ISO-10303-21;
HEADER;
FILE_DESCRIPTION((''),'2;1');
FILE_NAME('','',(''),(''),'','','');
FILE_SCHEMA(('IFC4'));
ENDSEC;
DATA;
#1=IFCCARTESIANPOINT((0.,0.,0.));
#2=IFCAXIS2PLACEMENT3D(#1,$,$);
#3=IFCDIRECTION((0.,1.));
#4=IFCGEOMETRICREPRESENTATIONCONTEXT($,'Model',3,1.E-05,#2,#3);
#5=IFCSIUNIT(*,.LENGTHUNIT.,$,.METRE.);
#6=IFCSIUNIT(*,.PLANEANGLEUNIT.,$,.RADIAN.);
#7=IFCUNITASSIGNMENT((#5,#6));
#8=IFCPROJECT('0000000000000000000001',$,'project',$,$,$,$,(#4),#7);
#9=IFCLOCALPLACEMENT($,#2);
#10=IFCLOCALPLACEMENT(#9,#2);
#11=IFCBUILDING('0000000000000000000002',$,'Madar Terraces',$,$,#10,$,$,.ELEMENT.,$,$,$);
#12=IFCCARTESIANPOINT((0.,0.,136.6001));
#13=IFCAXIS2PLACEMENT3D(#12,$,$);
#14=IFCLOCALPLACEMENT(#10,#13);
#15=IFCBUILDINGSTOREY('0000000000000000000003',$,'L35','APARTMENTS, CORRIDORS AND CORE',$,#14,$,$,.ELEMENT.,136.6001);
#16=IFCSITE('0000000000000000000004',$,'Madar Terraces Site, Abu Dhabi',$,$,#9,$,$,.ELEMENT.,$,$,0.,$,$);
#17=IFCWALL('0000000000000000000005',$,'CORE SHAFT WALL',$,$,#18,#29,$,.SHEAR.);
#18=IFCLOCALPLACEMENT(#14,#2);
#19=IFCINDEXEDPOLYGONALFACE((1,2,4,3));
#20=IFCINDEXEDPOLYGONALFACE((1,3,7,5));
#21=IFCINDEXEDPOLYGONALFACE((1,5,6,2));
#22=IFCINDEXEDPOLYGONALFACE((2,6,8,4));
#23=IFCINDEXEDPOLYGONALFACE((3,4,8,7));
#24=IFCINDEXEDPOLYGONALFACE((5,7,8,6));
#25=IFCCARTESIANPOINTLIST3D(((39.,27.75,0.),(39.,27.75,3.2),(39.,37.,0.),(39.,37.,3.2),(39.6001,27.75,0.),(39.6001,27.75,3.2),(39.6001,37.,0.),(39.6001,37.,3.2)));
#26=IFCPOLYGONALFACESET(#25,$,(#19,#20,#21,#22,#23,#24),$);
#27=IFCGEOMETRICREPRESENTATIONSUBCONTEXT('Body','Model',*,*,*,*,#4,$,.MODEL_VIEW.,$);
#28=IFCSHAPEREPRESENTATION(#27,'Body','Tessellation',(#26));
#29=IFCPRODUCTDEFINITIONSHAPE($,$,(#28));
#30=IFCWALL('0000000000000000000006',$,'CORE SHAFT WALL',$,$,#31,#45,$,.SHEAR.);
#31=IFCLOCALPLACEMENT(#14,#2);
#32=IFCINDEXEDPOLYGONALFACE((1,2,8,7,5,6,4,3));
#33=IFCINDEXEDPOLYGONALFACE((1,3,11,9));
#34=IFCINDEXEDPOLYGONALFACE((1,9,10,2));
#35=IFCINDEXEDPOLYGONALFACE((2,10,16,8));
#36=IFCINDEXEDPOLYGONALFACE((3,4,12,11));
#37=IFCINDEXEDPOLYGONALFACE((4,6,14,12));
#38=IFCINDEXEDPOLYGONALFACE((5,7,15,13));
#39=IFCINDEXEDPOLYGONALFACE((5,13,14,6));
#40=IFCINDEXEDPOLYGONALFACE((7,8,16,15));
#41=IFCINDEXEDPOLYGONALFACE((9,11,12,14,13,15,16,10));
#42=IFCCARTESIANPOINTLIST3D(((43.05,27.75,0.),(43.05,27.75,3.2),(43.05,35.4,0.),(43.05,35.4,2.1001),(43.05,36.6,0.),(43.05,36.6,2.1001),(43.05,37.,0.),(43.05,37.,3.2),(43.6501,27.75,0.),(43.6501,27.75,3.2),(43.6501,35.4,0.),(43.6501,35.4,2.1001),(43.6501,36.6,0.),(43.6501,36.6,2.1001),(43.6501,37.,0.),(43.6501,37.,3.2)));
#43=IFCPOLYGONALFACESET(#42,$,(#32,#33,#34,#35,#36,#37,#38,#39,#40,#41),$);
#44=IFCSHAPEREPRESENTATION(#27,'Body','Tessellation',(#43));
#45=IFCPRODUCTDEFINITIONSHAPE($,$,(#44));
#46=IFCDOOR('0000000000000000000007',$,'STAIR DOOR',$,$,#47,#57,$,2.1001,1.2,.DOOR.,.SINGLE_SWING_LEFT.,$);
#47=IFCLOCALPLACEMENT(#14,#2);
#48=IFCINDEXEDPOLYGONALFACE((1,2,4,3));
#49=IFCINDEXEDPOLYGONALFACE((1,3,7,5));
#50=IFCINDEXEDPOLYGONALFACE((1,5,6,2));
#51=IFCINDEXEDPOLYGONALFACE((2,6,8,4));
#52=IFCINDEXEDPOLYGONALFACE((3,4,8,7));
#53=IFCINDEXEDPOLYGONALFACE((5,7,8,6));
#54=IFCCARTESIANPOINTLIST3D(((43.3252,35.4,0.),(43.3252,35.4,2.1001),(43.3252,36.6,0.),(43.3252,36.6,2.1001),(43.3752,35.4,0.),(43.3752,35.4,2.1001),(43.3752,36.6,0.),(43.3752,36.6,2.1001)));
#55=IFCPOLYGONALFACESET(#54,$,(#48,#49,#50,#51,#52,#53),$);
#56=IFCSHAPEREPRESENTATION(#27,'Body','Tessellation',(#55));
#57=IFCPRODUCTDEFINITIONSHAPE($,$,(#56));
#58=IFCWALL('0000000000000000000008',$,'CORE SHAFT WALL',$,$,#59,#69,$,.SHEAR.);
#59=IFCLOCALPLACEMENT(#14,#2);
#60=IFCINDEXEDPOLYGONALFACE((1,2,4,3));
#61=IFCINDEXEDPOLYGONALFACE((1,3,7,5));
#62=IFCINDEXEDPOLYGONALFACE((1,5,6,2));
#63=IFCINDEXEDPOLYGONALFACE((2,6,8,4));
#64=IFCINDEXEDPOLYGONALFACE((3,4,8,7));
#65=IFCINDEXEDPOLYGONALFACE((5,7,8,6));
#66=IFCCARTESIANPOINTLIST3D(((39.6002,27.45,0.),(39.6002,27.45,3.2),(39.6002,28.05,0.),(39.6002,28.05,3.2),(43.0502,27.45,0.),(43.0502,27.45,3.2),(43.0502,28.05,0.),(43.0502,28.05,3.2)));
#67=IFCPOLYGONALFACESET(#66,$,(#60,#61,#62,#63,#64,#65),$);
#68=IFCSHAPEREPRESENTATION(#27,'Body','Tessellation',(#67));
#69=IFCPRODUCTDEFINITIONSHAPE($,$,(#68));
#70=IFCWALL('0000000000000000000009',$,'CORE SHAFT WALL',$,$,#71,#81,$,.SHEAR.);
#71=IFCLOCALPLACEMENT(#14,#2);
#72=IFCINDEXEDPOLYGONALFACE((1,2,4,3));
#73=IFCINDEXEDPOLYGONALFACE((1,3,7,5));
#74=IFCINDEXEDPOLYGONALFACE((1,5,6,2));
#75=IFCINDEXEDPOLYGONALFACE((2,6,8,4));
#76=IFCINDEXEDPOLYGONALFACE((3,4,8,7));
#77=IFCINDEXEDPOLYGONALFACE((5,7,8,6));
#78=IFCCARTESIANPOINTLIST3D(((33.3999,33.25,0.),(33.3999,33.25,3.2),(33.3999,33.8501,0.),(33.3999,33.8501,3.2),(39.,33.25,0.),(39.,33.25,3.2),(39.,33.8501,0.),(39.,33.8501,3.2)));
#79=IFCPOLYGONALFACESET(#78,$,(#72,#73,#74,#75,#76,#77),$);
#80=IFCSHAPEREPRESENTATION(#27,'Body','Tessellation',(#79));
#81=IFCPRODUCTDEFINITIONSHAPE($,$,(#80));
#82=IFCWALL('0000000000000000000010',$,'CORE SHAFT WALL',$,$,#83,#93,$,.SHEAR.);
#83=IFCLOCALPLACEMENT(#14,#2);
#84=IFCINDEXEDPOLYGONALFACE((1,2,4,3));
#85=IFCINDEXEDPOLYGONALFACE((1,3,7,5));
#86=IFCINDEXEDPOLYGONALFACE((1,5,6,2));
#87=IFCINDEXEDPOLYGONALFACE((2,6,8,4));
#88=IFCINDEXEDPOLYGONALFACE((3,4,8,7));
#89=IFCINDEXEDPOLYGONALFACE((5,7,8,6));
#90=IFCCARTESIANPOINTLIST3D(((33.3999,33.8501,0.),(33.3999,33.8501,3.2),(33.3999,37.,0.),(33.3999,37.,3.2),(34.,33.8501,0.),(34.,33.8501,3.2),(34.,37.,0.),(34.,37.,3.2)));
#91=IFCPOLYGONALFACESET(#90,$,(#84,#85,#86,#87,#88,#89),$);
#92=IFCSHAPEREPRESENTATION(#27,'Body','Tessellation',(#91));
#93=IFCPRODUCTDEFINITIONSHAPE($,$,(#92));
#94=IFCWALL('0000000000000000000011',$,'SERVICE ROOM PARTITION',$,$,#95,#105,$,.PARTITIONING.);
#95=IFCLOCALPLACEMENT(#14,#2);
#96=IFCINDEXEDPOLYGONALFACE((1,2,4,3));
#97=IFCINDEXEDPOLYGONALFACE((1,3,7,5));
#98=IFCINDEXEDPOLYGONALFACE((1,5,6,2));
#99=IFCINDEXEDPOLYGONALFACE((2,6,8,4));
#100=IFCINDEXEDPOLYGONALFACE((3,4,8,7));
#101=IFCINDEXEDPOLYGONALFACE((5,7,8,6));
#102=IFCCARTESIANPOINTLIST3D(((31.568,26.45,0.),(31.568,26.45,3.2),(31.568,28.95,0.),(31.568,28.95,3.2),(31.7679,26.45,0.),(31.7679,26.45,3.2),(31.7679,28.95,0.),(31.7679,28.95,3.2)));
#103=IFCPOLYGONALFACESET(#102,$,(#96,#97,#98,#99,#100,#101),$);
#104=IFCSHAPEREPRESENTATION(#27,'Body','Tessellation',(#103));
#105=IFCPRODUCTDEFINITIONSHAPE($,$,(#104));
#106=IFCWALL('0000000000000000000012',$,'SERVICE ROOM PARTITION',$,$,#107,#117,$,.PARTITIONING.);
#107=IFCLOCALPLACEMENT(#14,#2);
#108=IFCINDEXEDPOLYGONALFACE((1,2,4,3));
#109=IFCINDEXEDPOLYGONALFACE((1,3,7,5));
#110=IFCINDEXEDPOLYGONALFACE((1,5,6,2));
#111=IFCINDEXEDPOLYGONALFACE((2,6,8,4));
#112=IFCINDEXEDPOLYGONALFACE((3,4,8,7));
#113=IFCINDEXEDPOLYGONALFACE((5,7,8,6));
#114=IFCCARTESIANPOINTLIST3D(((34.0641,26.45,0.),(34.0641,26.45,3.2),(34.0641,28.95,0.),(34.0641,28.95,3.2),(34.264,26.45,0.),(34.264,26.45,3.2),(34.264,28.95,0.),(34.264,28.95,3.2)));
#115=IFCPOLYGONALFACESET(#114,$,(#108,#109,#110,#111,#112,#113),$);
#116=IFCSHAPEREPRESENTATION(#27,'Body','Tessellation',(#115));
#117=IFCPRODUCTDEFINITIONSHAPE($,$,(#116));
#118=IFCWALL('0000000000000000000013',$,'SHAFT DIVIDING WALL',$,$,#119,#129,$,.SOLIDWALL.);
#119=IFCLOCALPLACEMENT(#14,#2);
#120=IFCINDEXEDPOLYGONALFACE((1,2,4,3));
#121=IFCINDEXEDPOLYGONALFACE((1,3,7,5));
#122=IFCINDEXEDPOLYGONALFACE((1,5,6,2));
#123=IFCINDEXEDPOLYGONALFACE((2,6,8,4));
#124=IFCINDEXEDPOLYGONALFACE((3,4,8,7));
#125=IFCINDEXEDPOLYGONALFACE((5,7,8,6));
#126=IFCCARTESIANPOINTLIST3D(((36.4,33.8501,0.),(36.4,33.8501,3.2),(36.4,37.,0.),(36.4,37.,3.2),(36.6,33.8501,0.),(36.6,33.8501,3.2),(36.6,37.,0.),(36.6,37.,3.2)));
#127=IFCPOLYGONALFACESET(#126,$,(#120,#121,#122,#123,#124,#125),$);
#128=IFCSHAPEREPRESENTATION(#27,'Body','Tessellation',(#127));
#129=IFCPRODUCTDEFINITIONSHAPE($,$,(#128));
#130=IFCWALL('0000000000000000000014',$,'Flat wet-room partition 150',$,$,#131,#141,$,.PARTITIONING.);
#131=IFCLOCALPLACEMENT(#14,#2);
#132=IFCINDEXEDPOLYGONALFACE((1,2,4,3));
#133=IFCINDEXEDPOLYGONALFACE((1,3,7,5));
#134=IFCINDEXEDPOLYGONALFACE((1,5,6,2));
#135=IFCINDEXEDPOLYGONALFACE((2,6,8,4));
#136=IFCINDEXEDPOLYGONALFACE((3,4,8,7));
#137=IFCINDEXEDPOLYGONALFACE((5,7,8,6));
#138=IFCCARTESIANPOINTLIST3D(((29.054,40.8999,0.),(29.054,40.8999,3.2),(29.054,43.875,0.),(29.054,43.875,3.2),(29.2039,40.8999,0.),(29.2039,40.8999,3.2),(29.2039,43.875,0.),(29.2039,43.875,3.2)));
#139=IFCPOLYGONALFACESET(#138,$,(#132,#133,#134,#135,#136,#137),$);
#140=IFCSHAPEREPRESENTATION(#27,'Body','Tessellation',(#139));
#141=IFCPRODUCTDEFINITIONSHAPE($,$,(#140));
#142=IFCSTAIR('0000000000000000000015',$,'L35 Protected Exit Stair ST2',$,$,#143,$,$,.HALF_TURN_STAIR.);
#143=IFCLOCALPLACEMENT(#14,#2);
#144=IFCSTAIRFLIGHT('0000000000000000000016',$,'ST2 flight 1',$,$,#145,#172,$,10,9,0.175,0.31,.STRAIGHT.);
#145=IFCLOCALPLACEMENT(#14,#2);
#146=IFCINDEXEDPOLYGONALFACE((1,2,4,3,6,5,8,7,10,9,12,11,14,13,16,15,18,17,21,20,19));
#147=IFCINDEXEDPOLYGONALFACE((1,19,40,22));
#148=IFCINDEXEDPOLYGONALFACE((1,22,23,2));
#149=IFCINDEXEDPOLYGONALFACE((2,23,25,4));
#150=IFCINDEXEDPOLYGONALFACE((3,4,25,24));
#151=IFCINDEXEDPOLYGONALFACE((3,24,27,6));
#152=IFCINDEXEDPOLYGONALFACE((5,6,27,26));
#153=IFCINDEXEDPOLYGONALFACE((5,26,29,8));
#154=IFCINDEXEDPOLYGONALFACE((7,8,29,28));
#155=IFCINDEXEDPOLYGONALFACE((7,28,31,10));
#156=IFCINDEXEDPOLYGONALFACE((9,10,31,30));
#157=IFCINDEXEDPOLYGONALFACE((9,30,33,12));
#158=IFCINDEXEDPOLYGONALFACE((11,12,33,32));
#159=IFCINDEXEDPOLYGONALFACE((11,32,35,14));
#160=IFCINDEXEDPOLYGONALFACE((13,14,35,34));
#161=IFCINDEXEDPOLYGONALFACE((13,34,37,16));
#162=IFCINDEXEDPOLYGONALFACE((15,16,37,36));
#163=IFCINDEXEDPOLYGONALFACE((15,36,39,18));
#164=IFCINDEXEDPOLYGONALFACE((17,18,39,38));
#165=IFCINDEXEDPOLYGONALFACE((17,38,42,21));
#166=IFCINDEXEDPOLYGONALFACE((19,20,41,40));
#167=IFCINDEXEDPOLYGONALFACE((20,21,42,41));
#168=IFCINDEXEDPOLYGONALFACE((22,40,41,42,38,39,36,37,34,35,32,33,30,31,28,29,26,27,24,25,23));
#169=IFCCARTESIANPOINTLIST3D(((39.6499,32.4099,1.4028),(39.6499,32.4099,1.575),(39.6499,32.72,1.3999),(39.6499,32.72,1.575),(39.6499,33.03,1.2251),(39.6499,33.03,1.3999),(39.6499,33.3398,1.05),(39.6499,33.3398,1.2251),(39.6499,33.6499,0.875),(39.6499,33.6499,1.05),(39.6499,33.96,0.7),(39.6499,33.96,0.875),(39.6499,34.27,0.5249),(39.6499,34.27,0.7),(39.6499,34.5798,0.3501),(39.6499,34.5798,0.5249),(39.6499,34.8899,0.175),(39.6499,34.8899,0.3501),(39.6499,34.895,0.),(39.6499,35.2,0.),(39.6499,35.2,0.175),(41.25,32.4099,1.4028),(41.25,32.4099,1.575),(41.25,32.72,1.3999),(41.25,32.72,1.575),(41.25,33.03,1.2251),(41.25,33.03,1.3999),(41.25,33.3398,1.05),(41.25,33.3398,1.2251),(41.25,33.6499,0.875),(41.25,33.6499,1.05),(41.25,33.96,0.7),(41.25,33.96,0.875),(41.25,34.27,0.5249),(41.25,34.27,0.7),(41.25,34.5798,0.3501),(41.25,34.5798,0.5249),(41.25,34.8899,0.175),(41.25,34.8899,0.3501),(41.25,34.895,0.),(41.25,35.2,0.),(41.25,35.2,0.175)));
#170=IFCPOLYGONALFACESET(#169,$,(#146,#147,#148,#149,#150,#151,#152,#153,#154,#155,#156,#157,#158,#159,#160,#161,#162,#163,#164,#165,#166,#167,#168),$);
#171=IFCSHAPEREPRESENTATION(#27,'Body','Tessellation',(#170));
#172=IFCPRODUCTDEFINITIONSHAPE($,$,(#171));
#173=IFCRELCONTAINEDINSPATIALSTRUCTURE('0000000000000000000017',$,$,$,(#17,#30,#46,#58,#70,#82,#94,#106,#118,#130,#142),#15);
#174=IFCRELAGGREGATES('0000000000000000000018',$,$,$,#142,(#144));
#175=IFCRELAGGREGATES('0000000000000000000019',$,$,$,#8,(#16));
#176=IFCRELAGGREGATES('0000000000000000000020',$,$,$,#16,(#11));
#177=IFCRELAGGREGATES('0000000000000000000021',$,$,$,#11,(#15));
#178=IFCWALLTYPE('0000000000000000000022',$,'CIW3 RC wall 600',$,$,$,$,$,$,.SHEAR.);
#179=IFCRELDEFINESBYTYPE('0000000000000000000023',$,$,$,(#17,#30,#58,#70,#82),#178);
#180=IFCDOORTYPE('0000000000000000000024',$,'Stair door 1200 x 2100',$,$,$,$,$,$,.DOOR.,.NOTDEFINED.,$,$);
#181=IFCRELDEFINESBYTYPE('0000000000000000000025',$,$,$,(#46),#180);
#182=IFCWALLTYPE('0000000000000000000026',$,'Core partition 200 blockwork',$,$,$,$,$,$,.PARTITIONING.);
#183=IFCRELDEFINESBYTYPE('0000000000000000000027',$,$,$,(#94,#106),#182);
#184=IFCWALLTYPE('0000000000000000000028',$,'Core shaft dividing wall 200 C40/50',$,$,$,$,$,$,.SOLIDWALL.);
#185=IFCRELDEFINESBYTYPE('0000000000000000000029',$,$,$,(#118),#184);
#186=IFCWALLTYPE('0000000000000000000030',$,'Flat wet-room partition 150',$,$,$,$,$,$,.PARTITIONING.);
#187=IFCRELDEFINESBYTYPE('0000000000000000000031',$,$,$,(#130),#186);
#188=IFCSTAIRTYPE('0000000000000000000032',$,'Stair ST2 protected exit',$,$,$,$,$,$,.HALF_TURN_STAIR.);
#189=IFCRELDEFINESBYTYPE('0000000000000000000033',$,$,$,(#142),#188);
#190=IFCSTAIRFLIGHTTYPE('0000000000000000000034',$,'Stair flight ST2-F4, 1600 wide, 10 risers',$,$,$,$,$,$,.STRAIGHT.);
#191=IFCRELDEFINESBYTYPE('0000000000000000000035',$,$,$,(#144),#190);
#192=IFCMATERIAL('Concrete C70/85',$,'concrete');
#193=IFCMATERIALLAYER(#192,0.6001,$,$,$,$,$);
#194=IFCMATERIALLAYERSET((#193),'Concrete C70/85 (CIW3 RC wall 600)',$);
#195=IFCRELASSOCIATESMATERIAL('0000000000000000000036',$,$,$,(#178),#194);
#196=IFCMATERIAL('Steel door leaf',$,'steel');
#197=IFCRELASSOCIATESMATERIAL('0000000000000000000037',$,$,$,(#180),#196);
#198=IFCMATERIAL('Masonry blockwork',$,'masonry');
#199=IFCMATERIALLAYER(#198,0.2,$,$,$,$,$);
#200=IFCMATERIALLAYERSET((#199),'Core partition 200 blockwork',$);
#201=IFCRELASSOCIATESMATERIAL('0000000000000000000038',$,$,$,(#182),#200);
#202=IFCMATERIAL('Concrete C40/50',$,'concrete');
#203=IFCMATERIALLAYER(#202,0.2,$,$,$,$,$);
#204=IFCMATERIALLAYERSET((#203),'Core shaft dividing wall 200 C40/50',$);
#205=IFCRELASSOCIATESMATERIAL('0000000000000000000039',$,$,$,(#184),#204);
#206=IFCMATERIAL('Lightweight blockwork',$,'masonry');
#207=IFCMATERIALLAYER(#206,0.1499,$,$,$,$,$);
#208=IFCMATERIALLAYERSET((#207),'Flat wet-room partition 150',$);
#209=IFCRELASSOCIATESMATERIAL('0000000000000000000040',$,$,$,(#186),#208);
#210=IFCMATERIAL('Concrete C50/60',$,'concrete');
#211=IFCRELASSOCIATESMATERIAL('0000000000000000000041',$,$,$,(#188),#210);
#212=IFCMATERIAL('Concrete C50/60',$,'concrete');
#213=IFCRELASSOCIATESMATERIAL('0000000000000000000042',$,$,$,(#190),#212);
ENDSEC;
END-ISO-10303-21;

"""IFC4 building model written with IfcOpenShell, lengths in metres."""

from ifc_helpers import new_model, si_unit, direction, frame, frame_2d, origin, place, context, subcontext, project, spatial, polyline, rectangle, outline, extrude, material, layer, layer_set, type_object, element, fill, aggregate, save


model = new_model("IFC4")

# Units and contexts
model_context = context("Model", 3, precision=1e-05, world=origin(), true_north=direction((0.0, 1.0)))
body_context = subcontext(model_context, "Body", "Model", "MODEL_VIEW")
ifc_project = project(units=[si_unit("LENGTHUNIT", "METRE"), si_unit("PLANEANGLEUNIT", "RADIAN")], contexts=[model_context])

# Site, building, storey
site_placement = place(None, origin())
site = spatial("IfcSite", under=ifc_project, at=site_placement, Name="Madar Terraces Site, Abu Dhabi", CompositionType="ELEMENT", RefElevation=0.0)
building_placement = place(site_placement, origin())
building = spatial("IfcBuilding", under=site, at=building_placement, Name="Madar Terraces", CompositionType="ELEMENT")
storey_placement = place(building_placement, frame((0.0, 0.0, 136.6001)))
storey = spatial("IfcBuildingStorey", under=building, at=storey_placement, Name="L35", Description="APARTMENTS, CORRIDORS AND CORE", CompositionType="ELEMENT", Elevation=136.6001)

# Wall
ifc_material_1 = material(Name="Concrete C70/85", Category="concrete")
ifc_layer_1 = layer(ifc_material_1, 0.6001)
ifc_layer_set_1 = layer_set([ifc_layer_1], Name="Concrete C70/85 (CIW3 RC wall 600)")
wall_type_1 = type_object("IfcWallType", Name="CIW3 RC wall 600", PredefinedType="SHEAR", material=ifc_layer_set_1)
wall_1_placement = place(storey_placement, frame((39.3, 27.75, 0.0), z_axis=(0.0, 0.0, 1.0), x_axis=(0.0, 1.0, 0.0)))
element("IfcWall", 1, at=wall_1_placement, inside=storey, type_object=wall_type_1, Name="CORE SHAFT WALL", PredefinedType="SHEAR", context=body_context, shape_type="SweptSolid", body=[
    extrude(rectangle(XDim=9.25, YDim=0.6001, at=frame_2d((4.625, 0.0))), origin(), (0.0, 0.0, 1.0), 3.2),
])

# Wall, opening, door
wall_2_placement = place(storey_placement, frame((43.3501, 27.75, 0.0), z_axis=(0.0, 0.0, 1.0), x_axis=(0.0, 1.0, 0.0)))
wall_2 = element("IfcWall", 2, at=wall_2_placement, inside=storey, type_object=wall_type_1, Name="CORE SHAFT WALL", PredefinedType="SHEAR", context=body_context, shape_type="SweptSolid", body=[
    extrude(rectangle(XDim=9.25, YDim=0.6001, at=frame_2d((4.625, 0.0))), origin(), (0.0, 0.0, 1.0), 3.2),
])
opening_placement = place(wall_2_placement, frame((7.6499, 0.0, 0.0)))
opening = element("IfcOpeningElement", 3, at=opening_placement, cuts=wall_2, PredefinedType="OPENING", context=body_context, shape_type="SweptSolid", body=[
    extrude(rectangle(XDim=1.2, YDim=2.1001, at=frame_2d((0.6001, 1.05))), frame((0.0, 0.3101, 0.0), z_axis=(0.0, -1.0, 0.0), x_axis=(1.0, 0.0, 0.0)), (0.0, 0.0, 1.0), 0.6201),
])
ifc_material_2 = material(Name="Steel door leaf", Category="steel")
door_type = type_object("IfcDoorType", Name="Stair door 1200 x 2100", OperationType="NOTDEFINED", PredefinedType="DOOR", material=ifc_material_2)
door_placement = place(opening_placement, origin())
door = element("IfcDoor", 4, at=door_placement, inside=storey, type_object=door_type, Name="STAIR DOOR", OperationType="SINGLE_SWING_LEFT", OverallHeight=2.1001, OverallWidth=1.2, PredefinedType="DOOR", context=body_context, shape_type="SweptSolid", body=[
    extrude(rectangle(XDim=1.2, YDim=2.1001, at=frame_2d((0.6001, 1.05))), frame((0.0, 0.0249, 0.0), z_axis=(0.0, -1.0, 0.0), x_axis=(1.0, 0.0, 0.0)), (0.0, 0.0, 1.0), 0.05),
])
fill(opening, door)

# Walls
wall_3_placement = place(storey_placement, frame((39.6001, 27.75, 0.0), z_axis=(0.0, 0.0, 1.0), x_axis=(1.0, 0.0, 0.0)))
element("IfcWall", 5, at=wall_3_placement, inside=storey, type_object=wall_type_1, Name="CORE SHAFT WALL", PredefinedType="SHEAR", context=body_context, shape_type="SweptSolid", body=[
    extrude(rectangle(XDim=3.45, YDim=0.6001, at=frame_2d((1.7251, 0.0))), origin(), (0.0, 0.0, 1.0), 3.2),
])
wall_4_placement = place(storey_placement, frame((33.3999, 33.55, 0.0), z_axis=(0.0, 0.0, 1.0), x_axis=(1.0, 0.0, 0.0)))
element("IfcWall", 6, at=wall_4_placement, inside=storey, type_object=wall_type_1, Name="CORE SHAFT WALL", PredefinedType="SHEAR", context=body_context, shape_type="SweptSolid", body=[
    extrude(rectangle(XDim=5.6001, YDim=0.6001, at=frame_2d((2.8, 0.0))), origin(), (0.0, 0.0, 1.0), 3.2),
])
wall_5_placement = place(storey_placement, frame((33.7, 33.8501, 0.0), z_axis=(0.0, 0.0, 1.0), x_axis=(0.0, 1.0, 0.0)))
element("IfcWall", 7, at=wall_5_placement, inside=storey, type_object=wall_type_1, Name="CORE SHAFT WALL", PredefinedType="SHEAR", context=body_context, shape_type="SweptSolid", body=[
    extrude(rectangle(XDim=3.1499, YDim=0.6001, at=frame_2d((1.575, 0.0))), origin(), (0.0, 0.0, 1.0), 3.2),
])
ifc_material_3 = material(Name="Masonry blockwork", Category="masonry")
ifc_layer_2 = layer(ifc_material_3, 0.2)
ifc_layer_set_2 = layer_set([ifc_layer_2], Name="Core partition 200 blockwork")
wall_type_2 = type_object("IfcWallType", Name="Core partition 200 blockwork", PredefinedType="PARTITIONING", material=ifc_layer_set_2)
for number, where, z_axis, x_axis, name in (
    (8, (31.668, 26.45, 0.0), (0.0, 0.0, 1.0), (0.0, 1.0, 0.0), "SERVICE ROOM PARTITION"),
    (9, (34.1641, 26.45, 0.0), (0.0, 0.0, 1.0), (0.0, 1.0, 0.0), "SERVICE ROOM PARTITION"),
):
    element("IfcWall", number, at=place(storey_placement, frame(where, z_axis=z_axis, x_axis=x_axis)), inside=storey, type_object=wall_type_2, Name=name, PredefinedType="PARTITIONING", context=body_context, shape_type="SweptSolid", body=[
        extrude(rectangle(XDim=2.5, YDim=0.2, at=frame_2d((1.25, 0.0))), origin(), (0.0, 0.0, 1.0), 3.2),
    ])
ifc_material_4 = material(Name="Concrete C40/50", Category="concrete")
ifc_layer_3 = layer(ifc_material_4, 0.2)
ifc_layer_set_3 = layer_set([ifc_layer_3], Name="Core shaft dividing wall 200 C40/50")
wall_type_3 = type_object("IfcWallType", Name="Core shaft dividing wall 200 C40/50", PredefinedType="SOLIDWALL", material=ifc_layer_set_3)
wall_6_placement = place(storey_placement, frame((36.5, 33.8501, 0.0), z_axis=(0.0, 0.0, 1.0), x_axis=(0.0, 1.0, 0.0)))
element("IfcWall", 10, at=wall_6_placement, inside=storey, type_object=wall_type_3, Name="SHAFT DIVIDING WALL", PredefinedType="SOLIDWALL", context=body_context, shape_type="SweptSolid", body=[
    extrude(rectangle(XDim=3.1499, YDim=0.2, at=frame_2d((1.575, 0.0))), origin(), (0.0, 0.0, 1.0), 3.2),
])
ifc_material_5 = material(Name="Lightweight blockwork", Category="masonry")
ifc_layer_4 = layer(ifc_material_5, 0.1499)
ifc_layer_set_4 = layer_set([ifc_layer_4], Name="Flat wet-room partition 150")
wall_type_4 = type_object("IfcWallType", Name="Flat wet-room partition 150", PredefinedType="PARTITIONING", material=ifc_layer_set_4)
wall_7_placement = place(storey_placement, frame((29.1289, 40.8999, 0.0), z_axis=(0.0, 0.0, 1.0), x_axis=(0.0, 1.0, 0.0)))
element("IfcWall", 11, at=wall_7_placement, inside=storey, type_object=wall_type_4, Name="Flat wet-room partition 150", PredefinedType="PARTITIONING", context=body_context, shape_type="SweptSolid", body=[
    extrude(rectangle(XDim=2.9751, YDim=0.1499, at=frame_2d((1.4875, 0.0))), origin(), (0.0, 0.0, 1.0), 3.2),
])

# Stair, stair flight
ifc_material_6 = material(Name="Concrete C50/60", Category="concrete")
stair_type = type_object("IfcStairType", Name="Stair ST2 protected exit", PredefinedType="HALF_TURN_STAIR", material=ifc_material_6)
stair_placement = place(storey_placement, origin())
stair = element("IfcStair", 12, at=stair_placement, inside=storey, type_object=stair_type, Name="L35 Protected Exit Stair ST2", PredefinedType="HALF_TURN_STAIR")
ifc_material_7 = material(Name="Concrete C50/60", Category="concrete")
stair_flight_type = type_object("IfcStairFlightType", Name="Stair flight ST2-F4, 1600 wide, 10 risers", PredefinedType="STRAIGHT", material=ifc_material_7)
stair_flight_1_placement = place(storey_placement, frame((40.45, 35.2, 0.0), z_axis=(0.0, 0.0, 1.0), x_axis=(0.0, -1.0, 0.0)))
stair_flight_1 = element("IfcStairFlight", 13, at=stair_flight_1_placement, type_object=stair_flight_type, Name="ST2 flight 1", NumberOfRisers=10, NumberOfTreads=9, PredefinedType="STRAIGHT", RiserHeight=0.175, TreadLength=0.31, context=body_context, shape_type="SweptSolid", body=[
    extrude(outline(polyline([(0.0, 0.0), (0.0, 0.175), (0.3101, 0.175), (0.3101, 0.3501), (0.6201, 0.3501), (0.6201, 0.5249), (0.9299, 0.5249), (0.9299, 0.7), (1.24, 0.7), (1.24, 0.875), (1.55, 0.875), (1.55, 1.05), (1.8601, 1.05), (1.8601, 1.2251), (2.1699, 1.2251), (2.1699, 1.3999), (2.48, 1.3999), (2.48, 1.575), (2.79, 1.575), (2.79, 1.75), (2.79, 1.4028), (0.3049, 0.0), (0.0, 0.0)])), frame((0.0, 0.8, 0.0), z_axis=(0.0, -1.0, 0.0), x_axis=(1.0, 0.0, 0.0)), (0.0, 0.0, 1.0), 1.6001),
])
aggregate(stair, [stair_flight_1])

save(model, "model.ifc")
